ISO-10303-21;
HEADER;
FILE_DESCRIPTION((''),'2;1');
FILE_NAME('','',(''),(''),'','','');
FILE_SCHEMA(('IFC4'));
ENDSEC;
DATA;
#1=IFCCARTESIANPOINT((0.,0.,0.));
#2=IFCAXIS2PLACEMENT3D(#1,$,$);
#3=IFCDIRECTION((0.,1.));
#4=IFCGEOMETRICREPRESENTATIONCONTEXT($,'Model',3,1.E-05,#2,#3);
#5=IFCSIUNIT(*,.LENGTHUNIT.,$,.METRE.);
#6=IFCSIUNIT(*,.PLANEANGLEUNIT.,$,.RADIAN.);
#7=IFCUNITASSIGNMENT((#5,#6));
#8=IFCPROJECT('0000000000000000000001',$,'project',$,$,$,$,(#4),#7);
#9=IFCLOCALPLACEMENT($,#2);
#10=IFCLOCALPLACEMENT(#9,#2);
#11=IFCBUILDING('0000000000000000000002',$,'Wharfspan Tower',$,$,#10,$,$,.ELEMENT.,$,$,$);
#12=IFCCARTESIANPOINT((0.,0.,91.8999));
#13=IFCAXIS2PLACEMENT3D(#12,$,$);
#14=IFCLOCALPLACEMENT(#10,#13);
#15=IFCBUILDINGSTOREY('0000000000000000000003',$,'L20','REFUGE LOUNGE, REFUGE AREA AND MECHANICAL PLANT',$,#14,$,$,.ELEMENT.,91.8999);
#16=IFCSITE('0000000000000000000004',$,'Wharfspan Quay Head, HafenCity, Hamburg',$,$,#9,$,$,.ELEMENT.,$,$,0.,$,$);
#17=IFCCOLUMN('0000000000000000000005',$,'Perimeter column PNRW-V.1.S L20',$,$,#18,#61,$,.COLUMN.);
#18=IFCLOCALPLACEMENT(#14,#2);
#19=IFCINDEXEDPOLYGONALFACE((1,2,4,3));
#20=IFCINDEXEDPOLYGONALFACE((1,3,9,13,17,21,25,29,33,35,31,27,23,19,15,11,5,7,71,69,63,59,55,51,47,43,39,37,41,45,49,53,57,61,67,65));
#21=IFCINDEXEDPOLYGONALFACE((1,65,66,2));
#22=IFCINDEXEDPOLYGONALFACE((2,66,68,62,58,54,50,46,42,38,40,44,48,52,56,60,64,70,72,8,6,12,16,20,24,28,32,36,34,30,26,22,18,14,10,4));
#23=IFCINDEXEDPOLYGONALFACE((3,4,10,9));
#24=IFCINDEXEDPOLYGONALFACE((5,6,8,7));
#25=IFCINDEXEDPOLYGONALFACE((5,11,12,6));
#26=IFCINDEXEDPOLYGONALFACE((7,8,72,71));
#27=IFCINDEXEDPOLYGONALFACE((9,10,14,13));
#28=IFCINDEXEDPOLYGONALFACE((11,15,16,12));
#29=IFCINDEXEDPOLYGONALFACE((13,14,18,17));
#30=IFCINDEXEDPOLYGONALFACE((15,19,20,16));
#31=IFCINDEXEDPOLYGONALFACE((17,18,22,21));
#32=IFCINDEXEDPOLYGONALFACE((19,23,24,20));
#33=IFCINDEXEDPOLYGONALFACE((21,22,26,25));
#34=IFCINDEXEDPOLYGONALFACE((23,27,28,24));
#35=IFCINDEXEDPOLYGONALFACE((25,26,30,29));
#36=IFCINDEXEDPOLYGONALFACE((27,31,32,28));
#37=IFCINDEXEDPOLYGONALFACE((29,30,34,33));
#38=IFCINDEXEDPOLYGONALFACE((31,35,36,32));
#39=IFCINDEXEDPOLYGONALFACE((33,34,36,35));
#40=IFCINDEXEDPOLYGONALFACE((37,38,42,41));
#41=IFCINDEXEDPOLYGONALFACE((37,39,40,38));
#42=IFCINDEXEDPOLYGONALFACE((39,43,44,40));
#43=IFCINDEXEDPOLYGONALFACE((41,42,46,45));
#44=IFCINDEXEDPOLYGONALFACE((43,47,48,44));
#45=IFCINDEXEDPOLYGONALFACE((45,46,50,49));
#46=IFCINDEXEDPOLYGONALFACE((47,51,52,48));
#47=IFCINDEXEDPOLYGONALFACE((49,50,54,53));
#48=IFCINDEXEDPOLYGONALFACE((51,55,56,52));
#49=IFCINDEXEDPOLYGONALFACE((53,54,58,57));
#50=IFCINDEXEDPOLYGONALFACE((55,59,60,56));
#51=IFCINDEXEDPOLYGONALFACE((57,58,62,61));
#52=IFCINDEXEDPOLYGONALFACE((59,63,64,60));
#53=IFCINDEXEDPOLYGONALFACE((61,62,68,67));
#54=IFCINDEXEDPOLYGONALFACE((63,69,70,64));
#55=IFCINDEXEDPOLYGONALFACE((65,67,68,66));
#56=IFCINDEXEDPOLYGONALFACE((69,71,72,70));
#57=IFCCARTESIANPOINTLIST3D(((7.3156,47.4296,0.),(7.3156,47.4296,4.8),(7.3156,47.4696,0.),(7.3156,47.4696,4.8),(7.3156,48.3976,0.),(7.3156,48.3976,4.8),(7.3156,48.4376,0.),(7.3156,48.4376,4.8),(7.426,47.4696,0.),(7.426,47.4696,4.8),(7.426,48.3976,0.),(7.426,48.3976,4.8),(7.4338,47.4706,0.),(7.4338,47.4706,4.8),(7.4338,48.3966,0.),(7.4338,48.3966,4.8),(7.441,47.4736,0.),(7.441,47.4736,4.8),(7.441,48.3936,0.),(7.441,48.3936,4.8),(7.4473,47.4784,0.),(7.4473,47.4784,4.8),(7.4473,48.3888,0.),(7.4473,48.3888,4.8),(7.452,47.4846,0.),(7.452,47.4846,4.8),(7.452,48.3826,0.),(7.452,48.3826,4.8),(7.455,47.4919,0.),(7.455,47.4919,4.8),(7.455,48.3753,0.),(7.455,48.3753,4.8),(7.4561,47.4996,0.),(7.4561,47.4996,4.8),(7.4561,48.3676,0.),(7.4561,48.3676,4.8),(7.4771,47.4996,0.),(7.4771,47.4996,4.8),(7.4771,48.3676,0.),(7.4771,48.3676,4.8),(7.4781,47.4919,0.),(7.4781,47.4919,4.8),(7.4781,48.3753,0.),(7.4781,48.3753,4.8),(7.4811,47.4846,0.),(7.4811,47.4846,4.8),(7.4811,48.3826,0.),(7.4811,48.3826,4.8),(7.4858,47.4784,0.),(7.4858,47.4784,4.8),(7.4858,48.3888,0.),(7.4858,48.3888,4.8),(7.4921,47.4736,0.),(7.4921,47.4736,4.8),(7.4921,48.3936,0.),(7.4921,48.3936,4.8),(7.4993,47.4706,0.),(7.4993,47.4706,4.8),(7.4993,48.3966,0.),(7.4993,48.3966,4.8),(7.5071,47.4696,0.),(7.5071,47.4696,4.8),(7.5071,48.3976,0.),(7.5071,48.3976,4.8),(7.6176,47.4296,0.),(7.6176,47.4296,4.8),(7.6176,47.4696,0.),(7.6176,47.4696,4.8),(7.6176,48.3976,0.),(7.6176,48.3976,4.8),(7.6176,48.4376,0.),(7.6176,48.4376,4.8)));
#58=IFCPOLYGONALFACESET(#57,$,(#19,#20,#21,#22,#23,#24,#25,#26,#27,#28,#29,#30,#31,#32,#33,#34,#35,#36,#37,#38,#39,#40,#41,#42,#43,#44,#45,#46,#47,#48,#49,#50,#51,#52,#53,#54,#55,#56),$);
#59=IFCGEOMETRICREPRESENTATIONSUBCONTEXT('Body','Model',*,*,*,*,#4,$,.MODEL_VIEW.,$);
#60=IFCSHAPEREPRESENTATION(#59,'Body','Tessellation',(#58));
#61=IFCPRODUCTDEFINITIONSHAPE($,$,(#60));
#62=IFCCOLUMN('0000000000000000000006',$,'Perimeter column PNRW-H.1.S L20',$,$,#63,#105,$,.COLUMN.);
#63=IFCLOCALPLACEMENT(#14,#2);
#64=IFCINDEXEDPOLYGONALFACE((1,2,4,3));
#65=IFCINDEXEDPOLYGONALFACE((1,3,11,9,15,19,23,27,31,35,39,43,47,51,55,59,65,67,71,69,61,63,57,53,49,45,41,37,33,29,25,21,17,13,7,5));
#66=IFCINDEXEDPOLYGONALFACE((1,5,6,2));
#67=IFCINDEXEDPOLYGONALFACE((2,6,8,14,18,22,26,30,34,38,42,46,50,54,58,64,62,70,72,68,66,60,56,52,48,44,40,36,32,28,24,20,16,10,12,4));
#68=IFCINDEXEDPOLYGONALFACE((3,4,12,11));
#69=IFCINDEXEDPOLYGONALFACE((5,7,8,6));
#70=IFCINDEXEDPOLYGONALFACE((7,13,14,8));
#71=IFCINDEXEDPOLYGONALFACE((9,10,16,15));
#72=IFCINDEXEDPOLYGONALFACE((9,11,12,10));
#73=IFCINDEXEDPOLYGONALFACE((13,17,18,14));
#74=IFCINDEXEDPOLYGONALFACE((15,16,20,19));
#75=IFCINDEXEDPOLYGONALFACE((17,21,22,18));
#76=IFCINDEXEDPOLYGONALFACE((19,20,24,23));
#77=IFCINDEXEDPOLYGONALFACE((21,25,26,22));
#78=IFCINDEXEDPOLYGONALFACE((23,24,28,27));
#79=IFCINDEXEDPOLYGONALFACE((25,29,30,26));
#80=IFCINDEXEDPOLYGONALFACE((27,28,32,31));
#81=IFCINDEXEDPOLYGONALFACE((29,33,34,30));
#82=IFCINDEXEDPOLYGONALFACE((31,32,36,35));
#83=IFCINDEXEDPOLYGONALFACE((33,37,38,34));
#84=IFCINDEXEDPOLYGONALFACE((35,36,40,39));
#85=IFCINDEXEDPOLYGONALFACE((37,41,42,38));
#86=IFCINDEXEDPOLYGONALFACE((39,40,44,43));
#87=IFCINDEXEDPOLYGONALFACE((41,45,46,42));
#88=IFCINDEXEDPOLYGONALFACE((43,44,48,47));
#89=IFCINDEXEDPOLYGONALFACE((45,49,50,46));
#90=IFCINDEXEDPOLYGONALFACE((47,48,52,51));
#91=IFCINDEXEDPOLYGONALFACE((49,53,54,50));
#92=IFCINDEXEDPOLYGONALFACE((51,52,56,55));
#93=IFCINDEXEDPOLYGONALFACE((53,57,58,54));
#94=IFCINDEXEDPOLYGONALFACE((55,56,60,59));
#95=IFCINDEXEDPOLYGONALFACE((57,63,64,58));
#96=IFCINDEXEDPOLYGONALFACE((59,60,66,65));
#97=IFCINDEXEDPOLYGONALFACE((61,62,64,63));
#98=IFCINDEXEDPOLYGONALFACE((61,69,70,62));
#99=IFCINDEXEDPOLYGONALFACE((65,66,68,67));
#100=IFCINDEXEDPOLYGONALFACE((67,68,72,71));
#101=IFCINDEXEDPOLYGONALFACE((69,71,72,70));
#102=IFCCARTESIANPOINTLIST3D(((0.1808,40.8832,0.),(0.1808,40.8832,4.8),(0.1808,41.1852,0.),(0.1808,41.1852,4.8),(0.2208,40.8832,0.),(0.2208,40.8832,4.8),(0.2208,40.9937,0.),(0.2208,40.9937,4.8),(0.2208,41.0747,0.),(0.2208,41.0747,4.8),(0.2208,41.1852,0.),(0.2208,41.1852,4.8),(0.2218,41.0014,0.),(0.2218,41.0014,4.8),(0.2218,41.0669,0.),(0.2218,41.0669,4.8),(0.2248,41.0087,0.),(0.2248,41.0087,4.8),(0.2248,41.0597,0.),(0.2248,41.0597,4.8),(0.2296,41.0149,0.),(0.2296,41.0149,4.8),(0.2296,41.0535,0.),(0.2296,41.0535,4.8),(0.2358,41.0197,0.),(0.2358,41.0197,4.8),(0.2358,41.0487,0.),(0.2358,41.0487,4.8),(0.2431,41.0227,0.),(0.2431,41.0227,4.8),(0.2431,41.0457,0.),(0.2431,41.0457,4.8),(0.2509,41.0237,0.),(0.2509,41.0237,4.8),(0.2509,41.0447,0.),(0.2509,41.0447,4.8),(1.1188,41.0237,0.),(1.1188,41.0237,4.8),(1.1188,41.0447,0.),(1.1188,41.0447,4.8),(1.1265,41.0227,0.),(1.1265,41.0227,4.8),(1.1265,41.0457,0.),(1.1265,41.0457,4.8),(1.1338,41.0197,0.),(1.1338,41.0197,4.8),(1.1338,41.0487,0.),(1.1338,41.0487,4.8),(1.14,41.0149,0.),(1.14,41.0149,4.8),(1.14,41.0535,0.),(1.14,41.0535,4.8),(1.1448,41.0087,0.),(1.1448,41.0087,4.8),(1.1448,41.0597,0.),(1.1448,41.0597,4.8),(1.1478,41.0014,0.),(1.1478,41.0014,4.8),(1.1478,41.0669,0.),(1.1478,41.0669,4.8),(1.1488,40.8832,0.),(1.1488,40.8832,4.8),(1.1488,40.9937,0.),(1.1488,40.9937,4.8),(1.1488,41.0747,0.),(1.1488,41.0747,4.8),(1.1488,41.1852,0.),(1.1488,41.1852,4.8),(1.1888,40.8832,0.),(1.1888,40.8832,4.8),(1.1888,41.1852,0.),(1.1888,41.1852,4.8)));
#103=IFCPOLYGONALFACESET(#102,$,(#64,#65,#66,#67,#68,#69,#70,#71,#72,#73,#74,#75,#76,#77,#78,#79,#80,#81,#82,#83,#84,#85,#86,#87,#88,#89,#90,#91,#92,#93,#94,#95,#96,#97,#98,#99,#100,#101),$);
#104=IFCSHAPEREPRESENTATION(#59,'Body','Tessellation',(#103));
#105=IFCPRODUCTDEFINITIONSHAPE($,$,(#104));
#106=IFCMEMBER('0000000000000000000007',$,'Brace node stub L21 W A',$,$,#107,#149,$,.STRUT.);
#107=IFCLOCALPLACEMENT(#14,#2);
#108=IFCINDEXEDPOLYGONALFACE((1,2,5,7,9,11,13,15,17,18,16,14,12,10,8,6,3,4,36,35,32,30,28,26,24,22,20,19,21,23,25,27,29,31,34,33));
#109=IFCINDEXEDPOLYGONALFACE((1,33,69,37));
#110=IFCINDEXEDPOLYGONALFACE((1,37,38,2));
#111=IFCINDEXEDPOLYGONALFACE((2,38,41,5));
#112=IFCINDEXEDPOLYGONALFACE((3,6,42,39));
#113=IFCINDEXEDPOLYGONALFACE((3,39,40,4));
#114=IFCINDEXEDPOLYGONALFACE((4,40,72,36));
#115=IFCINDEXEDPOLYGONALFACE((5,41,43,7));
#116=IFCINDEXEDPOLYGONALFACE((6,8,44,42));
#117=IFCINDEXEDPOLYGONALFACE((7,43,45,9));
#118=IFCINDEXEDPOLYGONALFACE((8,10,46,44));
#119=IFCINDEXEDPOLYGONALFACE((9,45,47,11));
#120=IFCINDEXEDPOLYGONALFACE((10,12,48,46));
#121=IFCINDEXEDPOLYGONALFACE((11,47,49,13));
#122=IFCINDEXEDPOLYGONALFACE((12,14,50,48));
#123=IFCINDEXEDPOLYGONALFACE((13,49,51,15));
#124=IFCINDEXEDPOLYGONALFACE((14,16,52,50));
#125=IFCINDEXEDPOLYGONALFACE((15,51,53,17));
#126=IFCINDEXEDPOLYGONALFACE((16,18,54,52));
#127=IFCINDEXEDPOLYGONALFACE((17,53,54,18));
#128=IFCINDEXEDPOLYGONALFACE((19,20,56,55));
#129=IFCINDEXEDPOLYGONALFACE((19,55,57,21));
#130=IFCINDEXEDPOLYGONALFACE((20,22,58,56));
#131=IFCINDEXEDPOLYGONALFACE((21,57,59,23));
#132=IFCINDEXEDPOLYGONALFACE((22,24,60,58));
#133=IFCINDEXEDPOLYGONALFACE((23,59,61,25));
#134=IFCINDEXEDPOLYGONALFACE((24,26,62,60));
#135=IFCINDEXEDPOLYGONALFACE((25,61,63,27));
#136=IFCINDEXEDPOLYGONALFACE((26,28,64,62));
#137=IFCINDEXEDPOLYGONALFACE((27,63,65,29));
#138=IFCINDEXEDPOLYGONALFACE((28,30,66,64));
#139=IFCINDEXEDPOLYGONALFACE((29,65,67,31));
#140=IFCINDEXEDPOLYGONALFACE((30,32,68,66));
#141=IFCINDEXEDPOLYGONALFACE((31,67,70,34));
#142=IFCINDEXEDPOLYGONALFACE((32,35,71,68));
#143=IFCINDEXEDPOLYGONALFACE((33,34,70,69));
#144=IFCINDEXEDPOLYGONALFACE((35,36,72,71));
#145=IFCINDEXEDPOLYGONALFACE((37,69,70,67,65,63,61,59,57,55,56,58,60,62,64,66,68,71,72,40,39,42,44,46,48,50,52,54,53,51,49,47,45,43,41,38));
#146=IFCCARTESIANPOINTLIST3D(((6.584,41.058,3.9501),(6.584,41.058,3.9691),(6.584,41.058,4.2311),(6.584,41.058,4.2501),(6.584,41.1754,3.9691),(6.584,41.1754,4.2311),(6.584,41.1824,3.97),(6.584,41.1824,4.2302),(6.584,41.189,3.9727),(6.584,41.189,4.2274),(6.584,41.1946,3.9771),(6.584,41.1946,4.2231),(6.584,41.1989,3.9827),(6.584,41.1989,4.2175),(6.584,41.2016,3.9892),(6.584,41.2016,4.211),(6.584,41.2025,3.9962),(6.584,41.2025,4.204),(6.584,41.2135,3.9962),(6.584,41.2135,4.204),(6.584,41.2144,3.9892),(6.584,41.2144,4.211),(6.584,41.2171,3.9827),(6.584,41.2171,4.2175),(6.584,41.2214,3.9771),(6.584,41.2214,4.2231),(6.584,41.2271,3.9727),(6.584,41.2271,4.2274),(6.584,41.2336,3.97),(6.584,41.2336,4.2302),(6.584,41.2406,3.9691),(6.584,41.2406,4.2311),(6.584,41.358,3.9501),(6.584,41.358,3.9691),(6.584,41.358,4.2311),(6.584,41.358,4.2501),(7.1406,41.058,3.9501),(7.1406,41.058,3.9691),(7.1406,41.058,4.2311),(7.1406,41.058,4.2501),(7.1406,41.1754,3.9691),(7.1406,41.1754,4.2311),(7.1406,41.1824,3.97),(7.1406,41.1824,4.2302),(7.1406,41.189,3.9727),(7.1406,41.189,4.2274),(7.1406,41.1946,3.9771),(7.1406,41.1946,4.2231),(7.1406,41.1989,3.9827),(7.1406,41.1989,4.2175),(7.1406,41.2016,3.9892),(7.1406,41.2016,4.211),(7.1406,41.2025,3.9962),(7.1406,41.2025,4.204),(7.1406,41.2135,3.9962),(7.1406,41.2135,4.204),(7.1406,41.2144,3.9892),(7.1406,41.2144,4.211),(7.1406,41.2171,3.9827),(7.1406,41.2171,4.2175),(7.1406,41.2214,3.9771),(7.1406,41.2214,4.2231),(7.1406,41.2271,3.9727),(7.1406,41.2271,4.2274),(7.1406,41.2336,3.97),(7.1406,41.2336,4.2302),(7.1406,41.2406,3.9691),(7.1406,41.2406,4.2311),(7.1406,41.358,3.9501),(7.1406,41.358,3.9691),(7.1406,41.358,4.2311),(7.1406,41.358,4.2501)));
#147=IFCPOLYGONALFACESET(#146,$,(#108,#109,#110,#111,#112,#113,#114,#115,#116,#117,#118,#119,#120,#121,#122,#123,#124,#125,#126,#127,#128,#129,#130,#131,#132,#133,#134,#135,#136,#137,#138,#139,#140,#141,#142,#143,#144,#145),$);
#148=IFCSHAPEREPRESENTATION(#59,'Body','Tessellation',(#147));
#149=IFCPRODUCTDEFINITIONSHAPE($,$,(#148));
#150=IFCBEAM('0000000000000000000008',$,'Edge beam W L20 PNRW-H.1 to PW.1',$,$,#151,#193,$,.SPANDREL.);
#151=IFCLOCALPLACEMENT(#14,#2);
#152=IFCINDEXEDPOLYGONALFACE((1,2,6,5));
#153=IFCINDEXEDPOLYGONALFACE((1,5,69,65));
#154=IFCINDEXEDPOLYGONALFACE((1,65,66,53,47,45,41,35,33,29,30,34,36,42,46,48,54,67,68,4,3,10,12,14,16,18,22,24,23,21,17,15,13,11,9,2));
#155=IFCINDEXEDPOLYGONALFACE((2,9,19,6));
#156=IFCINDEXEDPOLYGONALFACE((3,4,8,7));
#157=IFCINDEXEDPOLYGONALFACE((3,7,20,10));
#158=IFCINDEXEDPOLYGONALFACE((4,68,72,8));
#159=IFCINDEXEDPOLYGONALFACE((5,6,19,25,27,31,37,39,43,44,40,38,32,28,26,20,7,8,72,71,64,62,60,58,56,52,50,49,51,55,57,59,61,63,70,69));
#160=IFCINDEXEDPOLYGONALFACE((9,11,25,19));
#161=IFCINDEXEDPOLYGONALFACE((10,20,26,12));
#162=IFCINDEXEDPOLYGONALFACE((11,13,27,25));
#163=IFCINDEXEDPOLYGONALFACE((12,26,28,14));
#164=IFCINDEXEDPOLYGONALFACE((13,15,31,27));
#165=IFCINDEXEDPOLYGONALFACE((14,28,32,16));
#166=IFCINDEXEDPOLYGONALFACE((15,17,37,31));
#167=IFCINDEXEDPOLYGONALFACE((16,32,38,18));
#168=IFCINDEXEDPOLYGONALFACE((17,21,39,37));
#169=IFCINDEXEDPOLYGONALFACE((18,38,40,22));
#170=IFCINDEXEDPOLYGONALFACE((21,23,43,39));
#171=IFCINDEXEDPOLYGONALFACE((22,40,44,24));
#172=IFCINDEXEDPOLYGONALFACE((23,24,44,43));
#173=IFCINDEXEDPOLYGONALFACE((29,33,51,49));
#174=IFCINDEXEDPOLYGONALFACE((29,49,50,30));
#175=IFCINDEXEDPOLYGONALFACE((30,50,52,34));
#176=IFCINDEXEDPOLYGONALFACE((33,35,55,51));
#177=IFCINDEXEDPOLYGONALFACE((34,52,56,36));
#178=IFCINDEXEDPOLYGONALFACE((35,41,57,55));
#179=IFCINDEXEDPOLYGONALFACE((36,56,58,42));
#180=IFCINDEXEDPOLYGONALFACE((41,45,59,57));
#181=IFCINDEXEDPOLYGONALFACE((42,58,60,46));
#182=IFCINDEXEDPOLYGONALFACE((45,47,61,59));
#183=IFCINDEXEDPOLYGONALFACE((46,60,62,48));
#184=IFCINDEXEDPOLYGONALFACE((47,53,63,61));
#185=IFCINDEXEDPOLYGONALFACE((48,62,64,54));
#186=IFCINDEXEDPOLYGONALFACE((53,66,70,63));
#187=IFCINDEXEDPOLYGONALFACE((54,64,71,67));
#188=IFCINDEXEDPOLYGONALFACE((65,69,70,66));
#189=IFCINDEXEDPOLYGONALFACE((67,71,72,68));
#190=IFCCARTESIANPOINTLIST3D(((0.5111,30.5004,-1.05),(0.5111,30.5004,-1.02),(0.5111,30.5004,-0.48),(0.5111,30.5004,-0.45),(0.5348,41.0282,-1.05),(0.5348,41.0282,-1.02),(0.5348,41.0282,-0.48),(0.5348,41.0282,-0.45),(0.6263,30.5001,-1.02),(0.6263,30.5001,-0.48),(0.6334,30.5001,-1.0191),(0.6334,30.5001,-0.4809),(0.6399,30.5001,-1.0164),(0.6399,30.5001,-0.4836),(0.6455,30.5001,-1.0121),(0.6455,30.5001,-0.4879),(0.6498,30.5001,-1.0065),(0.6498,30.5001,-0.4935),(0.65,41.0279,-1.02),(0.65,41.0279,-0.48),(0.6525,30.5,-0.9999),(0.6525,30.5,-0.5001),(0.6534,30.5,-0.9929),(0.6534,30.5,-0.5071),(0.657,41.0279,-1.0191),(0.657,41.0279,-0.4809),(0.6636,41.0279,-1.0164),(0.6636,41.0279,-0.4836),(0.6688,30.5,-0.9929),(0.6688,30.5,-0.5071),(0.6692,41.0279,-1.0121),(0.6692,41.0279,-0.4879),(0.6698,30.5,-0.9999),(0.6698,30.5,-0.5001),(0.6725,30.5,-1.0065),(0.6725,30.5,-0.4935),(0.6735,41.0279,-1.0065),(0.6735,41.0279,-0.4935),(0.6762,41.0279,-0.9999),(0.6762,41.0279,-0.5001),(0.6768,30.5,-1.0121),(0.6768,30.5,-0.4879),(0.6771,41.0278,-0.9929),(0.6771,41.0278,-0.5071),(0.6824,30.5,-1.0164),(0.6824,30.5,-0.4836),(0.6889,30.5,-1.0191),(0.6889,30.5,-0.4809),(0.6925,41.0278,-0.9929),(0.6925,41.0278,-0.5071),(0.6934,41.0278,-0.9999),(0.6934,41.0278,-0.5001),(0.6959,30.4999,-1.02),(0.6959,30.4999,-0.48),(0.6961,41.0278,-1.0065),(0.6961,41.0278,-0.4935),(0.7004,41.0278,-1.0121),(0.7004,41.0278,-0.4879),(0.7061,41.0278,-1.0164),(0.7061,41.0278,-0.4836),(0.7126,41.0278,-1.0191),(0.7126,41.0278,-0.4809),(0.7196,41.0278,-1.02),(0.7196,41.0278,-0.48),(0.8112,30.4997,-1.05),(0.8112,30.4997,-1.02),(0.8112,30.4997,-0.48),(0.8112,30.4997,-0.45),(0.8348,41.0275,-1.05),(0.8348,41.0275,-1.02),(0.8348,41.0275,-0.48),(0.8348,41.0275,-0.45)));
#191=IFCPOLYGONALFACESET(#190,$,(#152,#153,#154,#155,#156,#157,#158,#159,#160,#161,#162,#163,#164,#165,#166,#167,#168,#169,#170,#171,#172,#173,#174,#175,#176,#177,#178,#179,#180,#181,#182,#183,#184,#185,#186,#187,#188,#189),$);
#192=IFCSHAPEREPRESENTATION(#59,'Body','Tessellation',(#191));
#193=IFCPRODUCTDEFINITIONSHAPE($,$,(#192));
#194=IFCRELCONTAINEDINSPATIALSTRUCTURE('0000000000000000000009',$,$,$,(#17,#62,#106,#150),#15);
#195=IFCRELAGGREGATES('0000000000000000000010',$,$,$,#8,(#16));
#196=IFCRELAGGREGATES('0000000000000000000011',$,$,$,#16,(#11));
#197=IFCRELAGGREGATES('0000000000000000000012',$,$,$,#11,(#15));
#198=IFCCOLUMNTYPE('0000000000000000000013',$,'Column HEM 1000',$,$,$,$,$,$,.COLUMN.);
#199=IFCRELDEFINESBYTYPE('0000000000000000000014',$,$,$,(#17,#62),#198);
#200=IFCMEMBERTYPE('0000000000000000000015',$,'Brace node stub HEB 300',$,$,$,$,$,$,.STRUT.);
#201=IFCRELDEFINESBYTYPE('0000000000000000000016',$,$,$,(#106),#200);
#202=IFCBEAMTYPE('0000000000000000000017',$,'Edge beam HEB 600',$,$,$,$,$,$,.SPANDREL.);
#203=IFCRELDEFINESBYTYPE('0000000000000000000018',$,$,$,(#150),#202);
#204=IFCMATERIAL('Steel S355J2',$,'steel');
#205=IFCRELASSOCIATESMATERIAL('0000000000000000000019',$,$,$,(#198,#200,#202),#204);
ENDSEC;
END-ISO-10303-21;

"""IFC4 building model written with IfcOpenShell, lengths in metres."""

from ifc_helpers import new_model, si_unit, direction, frame, origin, origin_2d, place, context, subcontext, project, spatial, i_section, extrude, material, material_profile, profile_set, type_object, element, save


model = new_model("IFC4")

# Units and contexts
model_context = context("Model", 3, precision=1e-05, world=origin(), true_north=direction((0.0, 1.0)))
body_context = subcontext(model_context, "Body", "Model", "MODEL_VIEW")
ifc_project = project(units=[si_unit("LENGTHUNIT", "METRE"), si_unit("PLANEANGLEUNIT", "RADIAN")], contexts=[model_context])

# Site, building, storey
site_placement = place(None, origin())
site = spatial("IfcSite", under=ifc_project, at=site_placement, Name="Wharfspan Quay Head, HafenCity, Hamburg", CompositionType="ELEMENT", RefElevation=0.0)
building_placement = place(site_placement, origin())
building = spatial("IfcBuilding", under=site, at=building_placement, Name="Wharfspan Tower", CompositionType="ELEMENT")
storey_placement = place(building_placement, frame((0.0, 0.0, 91.8999)))
storey = spatial("IfcBuildingStorey", under=building, at=storey_placement, Name="L20", Description="REFUGE LOUNGE, REFUGE AREA AND MECHANICAL PLANT", CompositionType="ELEMENT", Elevation=91.8999)

# Columns
ifc_material_1 = material(Name="Steel S355J2", Category="steel")
ifc_material_profile_1 = material_profile(ifc_material_1, i_section(OverallWidth=0.302, OverallDepth=1.0081, WebThickness=0.021, FlangeThickness=0.04, FilletRadius=0.03, at=origin_2d()))
ifc_profile_set_1 = profile_set([ifc_material_profile_1], Name="Steel S355J2")
column_type = type_object("IfcColumnType", Name="Column HEM 1000", PredefinedType="COLUMN", material=ifc_profile_set_1)
for number, where, z_axis, x_axis, name in (
    (1, (7.4666, 47.9336, 0.0), (0.0, 0.0, 1.0), (-1.0, 0.0, 0.0), "Perimeter column PNRW-V.1.S L20"),
    (2, (0.6848, 41.0342, 0.0), (0.0, 0.0, 1.0), (0.0, 1.0, 0.0), "Perimeter column PNRW-H.1.S L20"),
):
    element("IfcColumn", number, at=place(storey_placement, frame(where, z_axis=z_axis, x_axis=x_axis)), inside=storey, type_object=column_type, Name=name, PredefinedType="COLUMN", context=body_context, shape_type="SweptSolid", body=[
        extrude(i_section(OverallWidth=0.302, OverallDepth=1.0081, WebThickness=0.021, FlangeThickness=0.04, FilletRadius=0.03, at=origin_2d()), origin(), (0.0, 0.0, 1.0), 4.8),
    ])

# Member
ifc_material_profile_2 = material_profile(ifc_material_1, i_section(OverallWidth=0.3, OverallDepth=0.3, WebThickness=0.011, FlangeThickness=0.019, FilletRadius=0.0271, at=origin_2d()))
ifc_profile_set_2 = profile_set([ifc_material_profile_2], Name="Steel S355J2")
member_type_1 = type_object("IfcMemberType", Name="Brace node stub HEB 300", PredefinedType="STRUT", material=ifc_profile_set_2)
member_1_placement = place(storey_placement, frame((7.1406, 41.208, 4.1001), z_axis=(-1.0, 0.0, 0.0), x_axis=(0.0, -1.0, 0.0)))
element("IfcMember", 3, at=member_1_placement, inside=storey, type_object=member_type_1, Name="Brace node stub L21 W A", PredefinedType="STRUT", context=body_context, shape_type="SweptSolid", body=[
    extrude(i_section(OverallWidth=0.3, OverallDepth=0.3, WebThickness=0.011, FlangeThickness=0.019, FilletRadius=0.0271, at=origin_2d()), origin(), (0.0, 0.0, 1.0), 0.5566),
])

# Beam
ifc_material_profile_3 = material_profile(ifc_material_1, i_section(OverallWidth=0.3, OverallDepth=0.6001, WebThickness=0.0154, FlangeThickness=0.03, FilletRadius=0.0271, at=origin_2d()))
ifc_profile_set_3 = profile_set([ifc_material_profile_3], Name="Steel S355J2")
beam_type = type_object("IfcBeamType", Name="Edge beam HEB 600", PredefinedType="SPANDREL", material=ifc_profile_set_3)
beam_placement = place(storey_placement, frame((0.6848, 41.0278, -0.75), z_axis=(-0.002249, -0.999997, 0.0), x_axis=(0.999997, -0.002249, 0.0)))
element("IfcBeam", 4, at=beam_placement, inside=storey, type_object=beam_type, Name="Edge beam W L20 PNRW-H.1 to PW.1", PredefinedType="SPANDREL", context=body_context, shape_type="SweptSolid", body=[
    extrude(i_section(OverallWidth=0.3, OverallDepth=0.6001, WebThickness=0.0154, FlangeThickness=0.03, FilletRadius=0.0271, at=origin_2d()), origin(), (0.0, 0.0, 1.0), 10.5278),
])

save(model, "model.ifc")
